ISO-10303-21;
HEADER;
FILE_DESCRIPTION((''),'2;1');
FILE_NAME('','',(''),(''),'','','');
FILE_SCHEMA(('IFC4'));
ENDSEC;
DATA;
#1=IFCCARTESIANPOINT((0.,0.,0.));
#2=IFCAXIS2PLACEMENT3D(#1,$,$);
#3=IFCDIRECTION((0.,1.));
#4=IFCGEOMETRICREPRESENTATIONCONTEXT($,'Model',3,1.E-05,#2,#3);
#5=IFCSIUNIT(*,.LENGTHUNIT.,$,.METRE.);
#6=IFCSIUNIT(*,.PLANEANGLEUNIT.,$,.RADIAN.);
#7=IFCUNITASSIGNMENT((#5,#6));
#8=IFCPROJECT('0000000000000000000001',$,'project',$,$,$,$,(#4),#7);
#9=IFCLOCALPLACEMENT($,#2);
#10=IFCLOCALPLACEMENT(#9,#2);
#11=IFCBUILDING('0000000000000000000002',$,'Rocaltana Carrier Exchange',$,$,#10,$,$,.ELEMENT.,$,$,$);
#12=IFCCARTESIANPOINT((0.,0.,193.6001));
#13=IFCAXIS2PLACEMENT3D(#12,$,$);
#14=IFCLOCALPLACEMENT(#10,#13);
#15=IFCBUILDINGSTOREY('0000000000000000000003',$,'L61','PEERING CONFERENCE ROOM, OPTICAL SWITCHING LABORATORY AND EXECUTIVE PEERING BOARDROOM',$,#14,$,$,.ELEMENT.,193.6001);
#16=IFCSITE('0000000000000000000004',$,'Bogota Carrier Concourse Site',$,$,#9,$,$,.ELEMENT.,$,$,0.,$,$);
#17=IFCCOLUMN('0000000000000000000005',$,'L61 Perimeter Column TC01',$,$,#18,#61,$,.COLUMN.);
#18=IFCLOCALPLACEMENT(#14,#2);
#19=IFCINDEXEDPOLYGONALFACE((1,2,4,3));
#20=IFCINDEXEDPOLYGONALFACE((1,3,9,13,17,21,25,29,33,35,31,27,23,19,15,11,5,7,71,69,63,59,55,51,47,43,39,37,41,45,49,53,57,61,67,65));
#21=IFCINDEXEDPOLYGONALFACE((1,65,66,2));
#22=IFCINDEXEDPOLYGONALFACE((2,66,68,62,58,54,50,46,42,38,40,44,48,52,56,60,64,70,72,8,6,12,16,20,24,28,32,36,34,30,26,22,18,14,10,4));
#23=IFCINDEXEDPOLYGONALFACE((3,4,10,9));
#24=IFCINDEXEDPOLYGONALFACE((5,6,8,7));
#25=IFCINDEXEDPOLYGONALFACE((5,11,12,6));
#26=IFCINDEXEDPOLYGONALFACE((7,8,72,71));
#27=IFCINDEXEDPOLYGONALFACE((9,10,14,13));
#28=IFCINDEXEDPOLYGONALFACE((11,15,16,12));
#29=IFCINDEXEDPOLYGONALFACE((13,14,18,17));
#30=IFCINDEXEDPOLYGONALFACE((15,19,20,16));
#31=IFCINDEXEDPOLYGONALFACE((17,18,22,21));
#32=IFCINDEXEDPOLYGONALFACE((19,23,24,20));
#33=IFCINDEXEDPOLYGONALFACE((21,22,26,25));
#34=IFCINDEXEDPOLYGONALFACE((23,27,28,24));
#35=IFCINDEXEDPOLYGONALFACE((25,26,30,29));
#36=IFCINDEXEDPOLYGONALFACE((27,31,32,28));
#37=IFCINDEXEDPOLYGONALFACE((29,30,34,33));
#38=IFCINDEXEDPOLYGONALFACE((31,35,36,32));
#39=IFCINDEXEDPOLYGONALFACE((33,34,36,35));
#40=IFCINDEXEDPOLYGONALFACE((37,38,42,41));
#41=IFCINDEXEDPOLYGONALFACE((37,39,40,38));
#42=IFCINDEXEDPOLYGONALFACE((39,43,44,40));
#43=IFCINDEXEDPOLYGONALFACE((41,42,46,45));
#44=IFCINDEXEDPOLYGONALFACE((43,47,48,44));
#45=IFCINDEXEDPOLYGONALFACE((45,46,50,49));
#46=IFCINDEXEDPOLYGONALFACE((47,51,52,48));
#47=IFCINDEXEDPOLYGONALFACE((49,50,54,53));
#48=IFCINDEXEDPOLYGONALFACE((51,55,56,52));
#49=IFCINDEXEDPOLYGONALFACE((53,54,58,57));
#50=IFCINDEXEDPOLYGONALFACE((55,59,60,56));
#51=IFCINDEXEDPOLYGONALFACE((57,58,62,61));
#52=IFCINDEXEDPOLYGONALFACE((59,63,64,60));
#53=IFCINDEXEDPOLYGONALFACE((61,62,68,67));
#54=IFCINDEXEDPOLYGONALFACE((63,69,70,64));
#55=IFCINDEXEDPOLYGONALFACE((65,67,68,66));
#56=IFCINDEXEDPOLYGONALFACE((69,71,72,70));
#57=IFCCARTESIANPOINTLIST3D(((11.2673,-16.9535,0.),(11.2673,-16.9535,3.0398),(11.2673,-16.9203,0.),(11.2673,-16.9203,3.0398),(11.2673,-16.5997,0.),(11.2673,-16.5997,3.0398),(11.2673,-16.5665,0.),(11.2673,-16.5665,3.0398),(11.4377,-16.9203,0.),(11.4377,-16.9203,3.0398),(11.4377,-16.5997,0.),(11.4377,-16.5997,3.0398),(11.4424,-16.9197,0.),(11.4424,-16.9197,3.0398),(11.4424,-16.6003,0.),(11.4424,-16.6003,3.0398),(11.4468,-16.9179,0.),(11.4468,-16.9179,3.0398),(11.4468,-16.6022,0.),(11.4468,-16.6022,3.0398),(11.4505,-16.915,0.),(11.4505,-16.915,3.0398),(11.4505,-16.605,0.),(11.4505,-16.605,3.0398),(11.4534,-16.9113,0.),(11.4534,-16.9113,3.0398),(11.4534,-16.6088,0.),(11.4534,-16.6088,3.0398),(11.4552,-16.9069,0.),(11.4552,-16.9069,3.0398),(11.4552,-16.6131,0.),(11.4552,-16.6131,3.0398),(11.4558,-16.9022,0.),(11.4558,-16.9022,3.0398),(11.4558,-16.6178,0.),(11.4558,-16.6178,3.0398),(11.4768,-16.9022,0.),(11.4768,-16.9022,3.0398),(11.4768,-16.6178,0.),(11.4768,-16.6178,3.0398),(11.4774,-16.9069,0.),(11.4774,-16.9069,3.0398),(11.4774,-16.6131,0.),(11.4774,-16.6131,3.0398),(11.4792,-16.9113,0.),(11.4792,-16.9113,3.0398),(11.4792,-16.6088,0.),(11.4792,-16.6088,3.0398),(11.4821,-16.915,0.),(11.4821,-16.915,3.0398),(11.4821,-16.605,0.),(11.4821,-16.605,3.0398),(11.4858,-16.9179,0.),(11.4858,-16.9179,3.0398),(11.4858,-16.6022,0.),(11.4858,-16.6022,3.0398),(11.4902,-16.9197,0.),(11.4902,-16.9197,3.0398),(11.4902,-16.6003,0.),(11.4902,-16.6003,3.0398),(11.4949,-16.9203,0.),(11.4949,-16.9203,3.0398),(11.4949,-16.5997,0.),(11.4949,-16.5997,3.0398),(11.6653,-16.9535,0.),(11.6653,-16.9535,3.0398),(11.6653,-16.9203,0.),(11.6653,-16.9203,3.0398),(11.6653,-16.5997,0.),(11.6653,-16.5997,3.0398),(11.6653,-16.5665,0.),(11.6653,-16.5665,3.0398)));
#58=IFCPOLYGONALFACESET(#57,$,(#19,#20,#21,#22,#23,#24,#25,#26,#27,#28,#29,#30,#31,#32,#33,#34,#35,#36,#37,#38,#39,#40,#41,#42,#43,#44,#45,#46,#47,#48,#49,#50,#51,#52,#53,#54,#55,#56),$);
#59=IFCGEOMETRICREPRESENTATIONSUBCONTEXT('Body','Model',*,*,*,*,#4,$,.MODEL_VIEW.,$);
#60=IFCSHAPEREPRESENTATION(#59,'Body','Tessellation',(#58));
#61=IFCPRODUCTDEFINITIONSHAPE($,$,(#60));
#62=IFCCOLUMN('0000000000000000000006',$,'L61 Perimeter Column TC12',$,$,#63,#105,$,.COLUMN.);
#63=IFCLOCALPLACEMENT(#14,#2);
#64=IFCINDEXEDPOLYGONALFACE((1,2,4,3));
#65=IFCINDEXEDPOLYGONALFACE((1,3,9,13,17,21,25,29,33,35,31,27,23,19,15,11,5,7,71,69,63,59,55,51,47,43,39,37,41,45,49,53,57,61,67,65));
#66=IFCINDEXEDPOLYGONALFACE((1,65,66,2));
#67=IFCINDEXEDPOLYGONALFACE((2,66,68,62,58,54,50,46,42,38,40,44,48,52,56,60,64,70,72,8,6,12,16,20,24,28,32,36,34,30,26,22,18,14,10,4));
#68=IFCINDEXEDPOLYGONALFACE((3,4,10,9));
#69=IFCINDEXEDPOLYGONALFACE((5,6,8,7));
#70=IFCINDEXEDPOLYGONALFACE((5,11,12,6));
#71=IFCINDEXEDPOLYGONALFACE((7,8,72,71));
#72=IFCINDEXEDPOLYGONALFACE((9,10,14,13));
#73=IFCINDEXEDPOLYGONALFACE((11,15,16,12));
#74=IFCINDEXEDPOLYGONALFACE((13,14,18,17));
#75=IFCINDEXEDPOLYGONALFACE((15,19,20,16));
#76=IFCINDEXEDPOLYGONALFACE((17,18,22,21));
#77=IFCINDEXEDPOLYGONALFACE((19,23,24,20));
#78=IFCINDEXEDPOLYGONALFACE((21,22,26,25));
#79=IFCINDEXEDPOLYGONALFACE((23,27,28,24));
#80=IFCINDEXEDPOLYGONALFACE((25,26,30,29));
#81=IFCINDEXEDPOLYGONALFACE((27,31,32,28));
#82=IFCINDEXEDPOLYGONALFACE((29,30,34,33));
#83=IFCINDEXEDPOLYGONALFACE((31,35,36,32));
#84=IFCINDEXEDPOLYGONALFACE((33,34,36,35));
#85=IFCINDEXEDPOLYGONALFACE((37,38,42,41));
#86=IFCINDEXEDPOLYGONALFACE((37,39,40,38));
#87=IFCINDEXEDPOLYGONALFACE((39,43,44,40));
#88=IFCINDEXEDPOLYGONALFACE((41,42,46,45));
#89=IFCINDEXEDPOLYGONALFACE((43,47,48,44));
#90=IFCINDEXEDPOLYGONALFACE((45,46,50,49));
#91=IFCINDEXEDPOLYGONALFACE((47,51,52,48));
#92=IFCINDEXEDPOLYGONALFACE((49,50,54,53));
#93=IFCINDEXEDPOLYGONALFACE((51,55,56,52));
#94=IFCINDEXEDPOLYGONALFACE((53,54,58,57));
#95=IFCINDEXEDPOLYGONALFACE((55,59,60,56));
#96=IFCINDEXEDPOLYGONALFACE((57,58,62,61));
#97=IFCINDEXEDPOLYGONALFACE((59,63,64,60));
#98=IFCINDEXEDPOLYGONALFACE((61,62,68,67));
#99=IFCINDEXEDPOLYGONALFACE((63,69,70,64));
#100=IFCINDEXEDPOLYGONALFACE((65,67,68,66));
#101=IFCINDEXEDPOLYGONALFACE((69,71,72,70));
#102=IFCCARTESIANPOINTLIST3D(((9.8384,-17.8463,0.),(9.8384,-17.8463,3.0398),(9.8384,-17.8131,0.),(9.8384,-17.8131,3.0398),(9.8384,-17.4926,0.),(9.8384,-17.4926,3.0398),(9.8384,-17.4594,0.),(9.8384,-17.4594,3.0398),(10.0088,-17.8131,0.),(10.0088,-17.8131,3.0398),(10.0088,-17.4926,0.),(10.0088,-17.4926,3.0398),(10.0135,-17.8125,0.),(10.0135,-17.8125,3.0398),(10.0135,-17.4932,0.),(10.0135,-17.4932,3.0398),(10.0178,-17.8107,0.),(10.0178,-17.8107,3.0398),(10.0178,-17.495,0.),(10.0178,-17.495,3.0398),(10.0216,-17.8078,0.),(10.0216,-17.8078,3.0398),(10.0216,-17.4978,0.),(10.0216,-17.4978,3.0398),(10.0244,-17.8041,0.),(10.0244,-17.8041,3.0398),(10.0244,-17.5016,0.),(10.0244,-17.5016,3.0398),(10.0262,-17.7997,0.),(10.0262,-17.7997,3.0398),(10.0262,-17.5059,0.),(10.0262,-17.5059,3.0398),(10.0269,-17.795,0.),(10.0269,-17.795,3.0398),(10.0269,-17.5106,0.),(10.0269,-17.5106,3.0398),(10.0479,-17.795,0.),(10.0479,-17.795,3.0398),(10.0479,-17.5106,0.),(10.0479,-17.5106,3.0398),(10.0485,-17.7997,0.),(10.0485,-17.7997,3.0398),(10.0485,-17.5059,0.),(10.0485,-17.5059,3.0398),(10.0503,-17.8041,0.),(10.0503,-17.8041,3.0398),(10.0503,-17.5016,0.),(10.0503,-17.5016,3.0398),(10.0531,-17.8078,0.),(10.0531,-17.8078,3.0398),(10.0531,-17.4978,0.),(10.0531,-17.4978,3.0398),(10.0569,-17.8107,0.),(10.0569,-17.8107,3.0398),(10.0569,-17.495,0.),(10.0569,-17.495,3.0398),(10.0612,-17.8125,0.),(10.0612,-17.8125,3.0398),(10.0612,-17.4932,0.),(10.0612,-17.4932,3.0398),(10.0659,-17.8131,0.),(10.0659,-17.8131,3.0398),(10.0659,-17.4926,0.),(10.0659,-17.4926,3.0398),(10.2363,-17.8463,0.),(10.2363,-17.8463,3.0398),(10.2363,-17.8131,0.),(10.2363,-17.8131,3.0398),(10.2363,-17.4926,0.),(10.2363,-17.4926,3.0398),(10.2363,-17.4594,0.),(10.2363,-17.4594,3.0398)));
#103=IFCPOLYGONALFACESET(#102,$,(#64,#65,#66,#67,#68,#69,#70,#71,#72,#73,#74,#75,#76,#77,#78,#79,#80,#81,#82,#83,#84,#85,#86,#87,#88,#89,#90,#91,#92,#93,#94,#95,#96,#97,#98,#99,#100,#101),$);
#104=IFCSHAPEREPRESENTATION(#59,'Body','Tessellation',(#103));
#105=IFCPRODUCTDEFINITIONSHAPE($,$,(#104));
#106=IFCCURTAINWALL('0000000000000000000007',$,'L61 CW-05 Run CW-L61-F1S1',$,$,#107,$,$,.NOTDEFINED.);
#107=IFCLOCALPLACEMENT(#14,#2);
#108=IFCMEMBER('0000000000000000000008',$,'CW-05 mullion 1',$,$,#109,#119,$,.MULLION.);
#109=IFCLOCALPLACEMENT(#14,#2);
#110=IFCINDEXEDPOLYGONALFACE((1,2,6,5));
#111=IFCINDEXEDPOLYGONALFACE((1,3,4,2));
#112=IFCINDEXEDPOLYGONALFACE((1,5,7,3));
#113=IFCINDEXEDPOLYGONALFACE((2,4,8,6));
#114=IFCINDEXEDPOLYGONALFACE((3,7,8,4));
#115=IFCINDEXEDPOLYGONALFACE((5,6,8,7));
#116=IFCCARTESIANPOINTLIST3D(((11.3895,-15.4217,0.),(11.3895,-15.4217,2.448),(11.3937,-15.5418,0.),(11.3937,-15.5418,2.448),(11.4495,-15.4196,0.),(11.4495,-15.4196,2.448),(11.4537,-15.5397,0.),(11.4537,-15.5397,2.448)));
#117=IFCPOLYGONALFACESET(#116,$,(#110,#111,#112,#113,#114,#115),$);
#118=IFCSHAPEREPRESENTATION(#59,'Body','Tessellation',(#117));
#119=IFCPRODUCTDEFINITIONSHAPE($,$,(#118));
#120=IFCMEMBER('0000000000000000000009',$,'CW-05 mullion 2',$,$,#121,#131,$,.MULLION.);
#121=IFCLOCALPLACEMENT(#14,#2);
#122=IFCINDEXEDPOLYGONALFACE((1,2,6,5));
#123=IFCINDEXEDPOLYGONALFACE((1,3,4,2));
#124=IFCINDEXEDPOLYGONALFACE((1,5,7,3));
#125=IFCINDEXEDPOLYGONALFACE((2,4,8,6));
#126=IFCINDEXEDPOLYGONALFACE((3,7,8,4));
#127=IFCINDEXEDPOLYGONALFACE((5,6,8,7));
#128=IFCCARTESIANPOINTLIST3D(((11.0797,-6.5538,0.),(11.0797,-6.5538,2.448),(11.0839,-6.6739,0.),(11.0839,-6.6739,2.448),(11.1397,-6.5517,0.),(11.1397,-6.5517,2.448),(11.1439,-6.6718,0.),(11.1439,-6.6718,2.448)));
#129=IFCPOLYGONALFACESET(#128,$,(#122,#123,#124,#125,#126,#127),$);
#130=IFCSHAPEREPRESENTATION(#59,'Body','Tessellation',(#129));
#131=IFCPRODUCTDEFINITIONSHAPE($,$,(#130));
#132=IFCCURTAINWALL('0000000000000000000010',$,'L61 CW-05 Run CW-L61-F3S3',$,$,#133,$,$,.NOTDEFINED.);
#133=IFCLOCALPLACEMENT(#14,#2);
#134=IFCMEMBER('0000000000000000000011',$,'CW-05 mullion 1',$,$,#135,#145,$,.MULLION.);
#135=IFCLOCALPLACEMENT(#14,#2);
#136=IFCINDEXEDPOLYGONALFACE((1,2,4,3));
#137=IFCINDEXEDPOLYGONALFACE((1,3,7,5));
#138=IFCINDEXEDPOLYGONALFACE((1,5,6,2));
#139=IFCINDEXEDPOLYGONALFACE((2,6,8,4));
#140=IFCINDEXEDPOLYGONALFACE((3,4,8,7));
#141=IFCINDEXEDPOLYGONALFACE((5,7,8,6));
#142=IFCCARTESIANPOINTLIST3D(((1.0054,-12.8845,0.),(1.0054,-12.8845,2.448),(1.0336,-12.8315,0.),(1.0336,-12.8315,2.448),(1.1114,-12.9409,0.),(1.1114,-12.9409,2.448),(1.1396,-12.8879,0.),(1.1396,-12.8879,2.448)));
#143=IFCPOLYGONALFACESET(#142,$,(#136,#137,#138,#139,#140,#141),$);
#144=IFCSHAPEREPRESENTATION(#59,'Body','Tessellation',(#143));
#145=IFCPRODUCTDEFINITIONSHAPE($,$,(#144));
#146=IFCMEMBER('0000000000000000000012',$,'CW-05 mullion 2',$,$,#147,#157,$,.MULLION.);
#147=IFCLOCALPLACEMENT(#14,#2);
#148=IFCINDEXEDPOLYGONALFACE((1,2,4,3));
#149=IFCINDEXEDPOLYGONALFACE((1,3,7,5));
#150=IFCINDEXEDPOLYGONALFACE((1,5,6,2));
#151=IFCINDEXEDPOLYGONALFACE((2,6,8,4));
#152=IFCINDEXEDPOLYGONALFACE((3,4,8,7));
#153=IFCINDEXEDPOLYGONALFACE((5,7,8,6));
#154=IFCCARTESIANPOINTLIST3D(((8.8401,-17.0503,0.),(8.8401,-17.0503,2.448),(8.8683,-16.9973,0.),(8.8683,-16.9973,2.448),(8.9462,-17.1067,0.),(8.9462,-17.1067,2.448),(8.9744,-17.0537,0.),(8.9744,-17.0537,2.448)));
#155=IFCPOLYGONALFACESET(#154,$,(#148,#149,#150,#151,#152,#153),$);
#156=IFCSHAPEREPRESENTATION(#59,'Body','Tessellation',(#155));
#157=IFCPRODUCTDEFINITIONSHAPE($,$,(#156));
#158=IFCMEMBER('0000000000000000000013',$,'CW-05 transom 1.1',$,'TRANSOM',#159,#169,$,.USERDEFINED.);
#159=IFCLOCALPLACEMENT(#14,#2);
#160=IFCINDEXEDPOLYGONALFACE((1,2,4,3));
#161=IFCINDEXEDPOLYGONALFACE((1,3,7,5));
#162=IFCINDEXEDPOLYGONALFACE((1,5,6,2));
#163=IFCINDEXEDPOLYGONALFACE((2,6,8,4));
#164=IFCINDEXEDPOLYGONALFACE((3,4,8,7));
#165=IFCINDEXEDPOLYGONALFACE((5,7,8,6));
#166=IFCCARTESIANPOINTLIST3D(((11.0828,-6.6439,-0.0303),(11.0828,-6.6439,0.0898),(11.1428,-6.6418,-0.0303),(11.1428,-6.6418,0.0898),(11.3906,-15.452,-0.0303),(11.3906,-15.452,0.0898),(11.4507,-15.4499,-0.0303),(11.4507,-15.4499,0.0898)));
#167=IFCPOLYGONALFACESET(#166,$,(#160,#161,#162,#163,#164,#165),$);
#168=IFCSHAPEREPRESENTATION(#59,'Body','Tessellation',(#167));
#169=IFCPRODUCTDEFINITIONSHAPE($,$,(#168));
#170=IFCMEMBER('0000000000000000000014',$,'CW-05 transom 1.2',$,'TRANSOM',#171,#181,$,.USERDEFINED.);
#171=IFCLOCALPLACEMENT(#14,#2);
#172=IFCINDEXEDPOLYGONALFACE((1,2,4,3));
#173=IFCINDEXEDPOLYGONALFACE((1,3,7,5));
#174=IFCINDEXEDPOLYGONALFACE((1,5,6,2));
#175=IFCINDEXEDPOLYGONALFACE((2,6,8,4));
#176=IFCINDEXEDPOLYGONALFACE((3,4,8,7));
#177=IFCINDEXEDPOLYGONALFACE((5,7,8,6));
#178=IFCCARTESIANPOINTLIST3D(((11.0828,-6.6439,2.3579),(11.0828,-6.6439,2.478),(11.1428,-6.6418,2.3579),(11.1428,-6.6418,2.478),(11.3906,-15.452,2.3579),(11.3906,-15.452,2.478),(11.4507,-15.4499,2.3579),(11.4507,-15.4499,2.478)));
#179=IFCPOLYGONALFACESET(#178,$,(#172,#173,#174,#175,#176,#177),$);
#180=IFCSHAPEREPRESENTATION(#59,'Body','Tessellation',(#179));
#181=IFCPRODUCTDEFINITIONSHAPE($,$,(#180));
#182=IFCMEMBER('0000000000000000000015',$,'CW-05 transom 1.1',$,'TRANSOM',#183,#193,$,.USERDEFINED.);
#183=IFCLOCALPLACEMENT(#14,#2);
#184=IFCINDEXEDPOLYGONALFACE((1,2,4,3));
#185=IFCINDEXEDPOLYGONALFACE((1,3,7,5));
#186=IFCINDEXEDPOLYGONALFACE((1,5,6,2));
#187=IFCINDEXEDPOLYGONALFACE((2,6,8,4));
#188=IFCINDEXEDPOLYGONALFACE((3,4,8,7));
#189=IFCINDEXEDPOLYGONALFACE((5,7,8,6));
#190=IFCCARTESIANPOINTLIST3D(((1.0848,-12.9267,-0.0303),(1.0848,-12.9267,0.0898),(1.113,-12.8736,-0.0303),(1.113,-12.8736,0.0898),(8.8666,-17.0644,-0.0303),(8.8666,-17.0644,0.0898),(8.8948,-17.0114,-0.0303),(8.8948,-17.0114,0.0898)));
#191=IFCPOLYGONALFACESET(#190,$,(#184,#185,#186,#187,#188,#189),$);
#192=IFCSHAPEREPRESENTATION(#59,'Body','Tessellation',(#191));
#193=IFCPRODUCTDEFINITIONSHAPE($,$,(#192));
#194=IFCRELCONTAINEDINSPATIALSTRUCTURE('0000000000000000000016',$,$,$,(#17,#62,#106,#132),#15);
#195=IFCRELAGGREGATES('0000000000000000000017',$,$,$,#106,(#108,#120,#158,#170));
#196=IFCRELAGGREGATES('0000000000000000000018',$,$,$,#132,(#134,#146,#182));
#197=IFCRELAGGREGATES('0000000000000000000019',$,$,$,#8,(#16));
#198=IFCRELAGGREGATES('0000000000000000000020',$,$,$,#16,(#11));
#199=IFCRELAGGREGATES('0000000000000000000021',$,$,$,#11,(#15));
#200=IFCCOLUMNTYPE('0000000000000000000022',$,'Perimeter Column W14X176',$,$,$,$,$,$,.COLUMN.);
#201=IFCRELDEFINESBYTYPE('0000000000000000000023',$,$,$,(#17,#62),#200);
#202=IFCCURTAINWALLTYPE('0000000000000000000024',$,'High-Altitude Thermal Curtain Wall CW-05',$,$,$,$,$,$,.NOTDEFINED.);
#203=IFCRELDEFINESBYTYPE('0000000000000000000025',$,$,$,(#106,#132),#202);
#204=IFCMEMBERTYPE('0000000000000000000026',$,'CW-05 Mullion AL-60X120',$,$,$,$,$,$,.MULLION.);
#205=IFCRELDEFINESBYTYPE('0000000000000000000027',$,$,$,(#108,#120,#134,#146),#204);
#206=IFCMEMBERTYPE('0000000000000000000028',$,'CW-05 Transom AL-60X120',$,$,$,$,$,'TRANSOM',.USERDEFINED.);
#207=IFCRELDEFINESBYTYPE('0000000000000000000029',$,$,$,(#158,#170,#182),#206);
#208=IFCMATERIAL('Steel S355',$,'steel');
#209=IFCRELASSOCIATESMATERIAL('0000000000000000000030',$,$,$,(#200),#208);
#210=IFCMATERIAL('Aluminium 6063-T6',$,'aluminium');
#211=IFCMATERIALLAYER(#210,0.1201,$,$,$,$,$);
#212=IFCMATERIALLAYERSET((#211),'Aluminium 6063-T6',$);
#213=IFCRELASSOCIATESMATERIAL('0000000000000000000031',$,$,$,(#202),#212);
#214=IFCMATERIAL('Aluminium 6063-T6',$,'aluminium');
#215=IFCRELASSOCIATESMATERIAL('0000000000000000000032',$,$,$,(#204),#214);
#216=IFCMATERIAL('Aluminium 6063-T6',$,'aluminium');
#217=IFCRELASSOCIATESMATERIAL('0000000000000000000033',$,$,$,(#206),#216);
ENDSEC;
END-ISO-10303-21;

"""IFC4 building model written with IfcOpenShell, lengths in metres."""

from ifc_helpers import new_model, si_unit, direction, frame, origin, origin_2d, place, context, subcontext, project, spatial, rectangle, i_section, extrude, material, layer, layer_set, material_profile, profile_set, type_object, element, aggregate, save


model = new_model("IFC4")

# Units and contexts
model_context = context("Model", 3, precision=1e-05, world=origin(), true_north=direction((0.0, 1.0)))
body_context = subcontext(model_context, "Body", "Model", "MODEL_VIEW")
ifc_project = project(units=[si_unit("LENGTHUNIT", "METRE"), si_unit("PLANEANGLEUNIT", "RADIAN")], contexts=[model_context])

# Site, building, storey
site_placement = place(None, origin())
site = spatial("IfcSite", under=ifc_project, at=site_placement, Name="Bogota Carrier Concourse Site", CompositionType="ELEMENT", RefElevation=0.0)
building_placement = place(site_placement, origin())
building = spatial("IfcBuilding", under=site, at=building_placement, Name="Rocaltana Carrier Exchange", CompositionType="ELEMENT")
storey_placement = place(building_placement, frame((0.0, 0.0, 193.6001)))
storey = spatial("IfcBuildingStorey", under=building, at=storey_placement, Name="L61", Description="PEERING CONFERENCE ROOM, OPTICAL SWITCHING LABORATORY AND EXECUTIVE PEERING BOARDROOM", CompositionType="ELEMENT", Elevation=193.6001)

# Columns
ifc_material_1 = material(Name="Steel S355", Category="steel")
ifc_material_profile_1 = material_profile(ifc_material_1, i_section(OverallWidth=0.3979, OverallDepth=0.387, WebThickness=0.021, FlangeThickness=0.0332, FilletRadius=0.0181, at=origin_2d()), Name="W14X176")
ifc_profile_set_1 = profile_set([ifc_material_profile_1], Name="Steel S355")
column_type = type_object("IfcColumnType", Name="Perimeter Column W14X176", PredefinedType="COLUMN", material=ifc_profile_set_1)
for number, where, z_axis, x_axis, name in (
    (1, (11.4663, -16.76, 0.0), (0.0, 0.0, 1.0), (1.0, 0.0, 0.0), "L61 Perimeter Column TC01"),
    (2, (10.0374, -17.6528, 0.0), (0.0, 0.0, 1.0), (1.0, 0.0, 0.0), "L61 Perimeter Column TC12"),
):
    element("IfcColumn", number, at=place(storey_placement, frame(where, z_axis=z_axis, x_axis=x_axis)), inside=storey, type_object=column_type, Name=name, PredefinedType="COLUMN", context=body_context, shape_type="SweptSolid", body=[
        extrude(i_section(OverallWidth=0.3979, OverallDepth=0.387, WebThickness=0.021, FlangeThickness=0.0332, FilletRadius=0.0181, at=origin_2d()), origin(), (0.0, 0.0, 1.0), 3.0398),
    ])

# Curtain walls, members
ifc_material_2 = material(Name="Aluminium 6063-T6", Category="aluminium")
ifc_layer_1 = layer(ifc_material_2, 0.1201)
ifc_layer_set_1 = layer_set([ifc_layer_1], Name="Aluminium 6063-T6")
curtain_wall_type = type_object("IfcCurtainWallType", Name="High-Altitude Thermal Curtain Wall CW-05", PredefinedType="NOTDEFINED", material=ifc_layer_set_1)
curtain_wall_1_placement = place(storey_placement, origin())
curtain_wall_1 = element("IfcCurtainWall", 3, at=curtain_wall_1_placement, inside=storey, type_object=curtain_wall_type, Name="L61 CW-05 Run CW-L61-F1S1", PredefinedType="NOTDEFINED")
ifc_material_3 = material(Name="Aluminium 6063-T6", Category="aluminium")
ifc_material_profile_2 = material_profile(ifc_material_3, rectangle(XDim=0.0601, YDim=0.1201, at=origin_2d()), Name="AL-60X120")
ifc_profile_set_2 = profile_set([ifc_material_profile_2], Name="Aluminium 6063-T6")
member_type_1 = type_object("IfcMemberType", Name="CW-05 Mullion AL-60X120", PredefinedType="MULLION", material=ifc_profile_set_2)
member_1_placement = place(storey_placement, frame((11.4216, -15.4807, 0.0), z_axis=(0.0, 0.0, 1.0), x_axis=(-0.99939, -0.034914, 0.0)))
member_1 = element("IfcMember", 4, at=member_1_placement, type_object=member_type_1, Name="CW-05 mullion 1", PredefinedType="MULLION", context=body_context, shape_type="SweptSolid", body=[
    extrude(rectangle(XDim=0.0601, YDim=0.1201, at=origin_2d()), origin(), (0.0, 0.0, 1.0), 2.448),
])
member_2_placement = place(storey_placement, frame((11.1118, -6.6128, 0.0), z_axis=(0.0, 0.0, 1.0), x_axis=(-0.99939, -0.034914, 0.0)))
member_2 = element("IfcMember", 5, at=member_2_placement, type_object=member_type_1, Name="CW-05 mullion 2", PredefinedType="MULLION", context=body_context, shape_type="SweptSolid", body=[
    extrude(rectangle(XDim=0.0601, YDim=0.1201, at=origin_2d()), origin(), (0.0, 0.0, 1.0), 2.448),
])
curtain_wall_2_placement = place(storey_placement, origin())
curtain_wall_2 = element("IfcCurtainWall", 6, at=curtain_wall_2_placement, inside=storey, type_object=curtain_wall_type, Name="L61 CW-05 Run CW-L61-F3S3", PredefinedType="NOTDEFINED")
member_3_placement = place(storey_placement, frame((1.0725, -12.8862, 0.0), z_axis=(0.0, 0.0, 1.0), x_axis=(0.469475, 0.882946, 0.0)))
member_3 = element("IfcMember", 7, at=member_3_placement, type_object=member_type_1, Name="CW-05 mullion 1", PredefinedType="MULLION", context=body_context, shape_type="SweptSolid", body=[
    extrude(rectangle(XDim=0.0601, YDim=0.1201, at=origin_2d()), origin(), (0.0, 0.0, 1.0), 2.448),
])
member_4_placement = place(storey_placement, frame((8.9072, -17.052, 0.0), z_axis=(0.0, 0.0, 1.0), x_axis=(0.469475, 0.882946, 0.0)))
member_4 = element("IfcMember", 8, at=member_4_placement, type_object=member_type_1, Name="CW-05 mullion 2", PredefinedType="MULLION", context=body_context, shape_type="SweptSolid", body=[
    extrude(rectangle(XDim=0.0601, YDim=0.1201, at=origin_2d()), origin(), (0.0, 0.0, 1.0), 2.448),
])

# Members
ifc_material_4 = material(Name="Aluminium 6063-T6", Category="aluminium")
ifc_material_profile_3 = material_profile(ifc_material_4, rectangle(XDim=0.0601, YDim=0.1201, at=origin_2d()), Name="AL-60X120")
ifc_profile_set_3 = profile_set([ifc_material_profile_3], Name="Aluminium 6063-T6")
member_type_2 = type_object("IfcMemberType", Name="CW-05 Transom AL-60X120", ElementType="TRANSOM", PredefinedType="USERDEFINED", material=ifc_profile_set_3)
member_5_placement = place(storey_placement, frame((11.4207, -15.4509, 0.0298), z_axis=(-0.034931, 0.99939, 0.0), x_axis=(-0.99939, -0.034931, 0.0)))
member_5 = element("IfcMember", 9, at=member_5_placement, type_object=member_type_2, Name="CW-05 transom 1.1", ObjectType="TRANSOM", PredefinedType="USERDEFINED", context=body_context, shape_type="SweptSolid", body=[
    extrude(rectangle(XDim=0.0601, YDim=0.1201, at=origin_2d()), origin(), (0.0, 0.0, 1.0), 8.8135),
])
member_6_placement = place(storey_placement, frame((11.4207, -15.4509, 2.418), z_axis=(-0.034931, 0.99939, 0.0), x_axis=(-0.99939, -0.034931, 0.0)))
member_6 = element("IfcMember", 10, at=member_6_placement, type_object=member_type_2, Name="CW-05 transom 1.2", ObjectType="TRANSOM", PredefinedType="USERDEFINED", context=body_context, shape_type="SweptSolid", body=[
    extrude(rectangle(XDim=0.0601, YDim=0.1201, at=origin_2d()), origin(), (0.0, 0.0, 1.0), 8.8135),
])
member_7_placement = place(storey_placement, frame((1.0989, -12.9001, 0.0298), z_axis=(0.882944, -0.469478, 0.0), x_axis=(0.469478, 0.882944, 0.0)))
member_7 = element("IfcMember", 11, at=member_7_placement, type_object=member_type_2, Name="CW-05 transom 1.1", ObjectType="TRANSOM", PredefinedType="USERDEFINED", context=body_context, shape_type="SweptSolid", body=[
    extrude(rectangle(XDim=0.0601, YDim=0.1201, at=origin_2d()), origin(), (0.0, 0.0, 1.0), 8.8135),
])

aggregate(curtain_wall_1, [member_1, member_2, member_5, member_6])
aggregate(curtain_wall_2, [member_3, member_4, member_7])

save(model, "model.ifc")
